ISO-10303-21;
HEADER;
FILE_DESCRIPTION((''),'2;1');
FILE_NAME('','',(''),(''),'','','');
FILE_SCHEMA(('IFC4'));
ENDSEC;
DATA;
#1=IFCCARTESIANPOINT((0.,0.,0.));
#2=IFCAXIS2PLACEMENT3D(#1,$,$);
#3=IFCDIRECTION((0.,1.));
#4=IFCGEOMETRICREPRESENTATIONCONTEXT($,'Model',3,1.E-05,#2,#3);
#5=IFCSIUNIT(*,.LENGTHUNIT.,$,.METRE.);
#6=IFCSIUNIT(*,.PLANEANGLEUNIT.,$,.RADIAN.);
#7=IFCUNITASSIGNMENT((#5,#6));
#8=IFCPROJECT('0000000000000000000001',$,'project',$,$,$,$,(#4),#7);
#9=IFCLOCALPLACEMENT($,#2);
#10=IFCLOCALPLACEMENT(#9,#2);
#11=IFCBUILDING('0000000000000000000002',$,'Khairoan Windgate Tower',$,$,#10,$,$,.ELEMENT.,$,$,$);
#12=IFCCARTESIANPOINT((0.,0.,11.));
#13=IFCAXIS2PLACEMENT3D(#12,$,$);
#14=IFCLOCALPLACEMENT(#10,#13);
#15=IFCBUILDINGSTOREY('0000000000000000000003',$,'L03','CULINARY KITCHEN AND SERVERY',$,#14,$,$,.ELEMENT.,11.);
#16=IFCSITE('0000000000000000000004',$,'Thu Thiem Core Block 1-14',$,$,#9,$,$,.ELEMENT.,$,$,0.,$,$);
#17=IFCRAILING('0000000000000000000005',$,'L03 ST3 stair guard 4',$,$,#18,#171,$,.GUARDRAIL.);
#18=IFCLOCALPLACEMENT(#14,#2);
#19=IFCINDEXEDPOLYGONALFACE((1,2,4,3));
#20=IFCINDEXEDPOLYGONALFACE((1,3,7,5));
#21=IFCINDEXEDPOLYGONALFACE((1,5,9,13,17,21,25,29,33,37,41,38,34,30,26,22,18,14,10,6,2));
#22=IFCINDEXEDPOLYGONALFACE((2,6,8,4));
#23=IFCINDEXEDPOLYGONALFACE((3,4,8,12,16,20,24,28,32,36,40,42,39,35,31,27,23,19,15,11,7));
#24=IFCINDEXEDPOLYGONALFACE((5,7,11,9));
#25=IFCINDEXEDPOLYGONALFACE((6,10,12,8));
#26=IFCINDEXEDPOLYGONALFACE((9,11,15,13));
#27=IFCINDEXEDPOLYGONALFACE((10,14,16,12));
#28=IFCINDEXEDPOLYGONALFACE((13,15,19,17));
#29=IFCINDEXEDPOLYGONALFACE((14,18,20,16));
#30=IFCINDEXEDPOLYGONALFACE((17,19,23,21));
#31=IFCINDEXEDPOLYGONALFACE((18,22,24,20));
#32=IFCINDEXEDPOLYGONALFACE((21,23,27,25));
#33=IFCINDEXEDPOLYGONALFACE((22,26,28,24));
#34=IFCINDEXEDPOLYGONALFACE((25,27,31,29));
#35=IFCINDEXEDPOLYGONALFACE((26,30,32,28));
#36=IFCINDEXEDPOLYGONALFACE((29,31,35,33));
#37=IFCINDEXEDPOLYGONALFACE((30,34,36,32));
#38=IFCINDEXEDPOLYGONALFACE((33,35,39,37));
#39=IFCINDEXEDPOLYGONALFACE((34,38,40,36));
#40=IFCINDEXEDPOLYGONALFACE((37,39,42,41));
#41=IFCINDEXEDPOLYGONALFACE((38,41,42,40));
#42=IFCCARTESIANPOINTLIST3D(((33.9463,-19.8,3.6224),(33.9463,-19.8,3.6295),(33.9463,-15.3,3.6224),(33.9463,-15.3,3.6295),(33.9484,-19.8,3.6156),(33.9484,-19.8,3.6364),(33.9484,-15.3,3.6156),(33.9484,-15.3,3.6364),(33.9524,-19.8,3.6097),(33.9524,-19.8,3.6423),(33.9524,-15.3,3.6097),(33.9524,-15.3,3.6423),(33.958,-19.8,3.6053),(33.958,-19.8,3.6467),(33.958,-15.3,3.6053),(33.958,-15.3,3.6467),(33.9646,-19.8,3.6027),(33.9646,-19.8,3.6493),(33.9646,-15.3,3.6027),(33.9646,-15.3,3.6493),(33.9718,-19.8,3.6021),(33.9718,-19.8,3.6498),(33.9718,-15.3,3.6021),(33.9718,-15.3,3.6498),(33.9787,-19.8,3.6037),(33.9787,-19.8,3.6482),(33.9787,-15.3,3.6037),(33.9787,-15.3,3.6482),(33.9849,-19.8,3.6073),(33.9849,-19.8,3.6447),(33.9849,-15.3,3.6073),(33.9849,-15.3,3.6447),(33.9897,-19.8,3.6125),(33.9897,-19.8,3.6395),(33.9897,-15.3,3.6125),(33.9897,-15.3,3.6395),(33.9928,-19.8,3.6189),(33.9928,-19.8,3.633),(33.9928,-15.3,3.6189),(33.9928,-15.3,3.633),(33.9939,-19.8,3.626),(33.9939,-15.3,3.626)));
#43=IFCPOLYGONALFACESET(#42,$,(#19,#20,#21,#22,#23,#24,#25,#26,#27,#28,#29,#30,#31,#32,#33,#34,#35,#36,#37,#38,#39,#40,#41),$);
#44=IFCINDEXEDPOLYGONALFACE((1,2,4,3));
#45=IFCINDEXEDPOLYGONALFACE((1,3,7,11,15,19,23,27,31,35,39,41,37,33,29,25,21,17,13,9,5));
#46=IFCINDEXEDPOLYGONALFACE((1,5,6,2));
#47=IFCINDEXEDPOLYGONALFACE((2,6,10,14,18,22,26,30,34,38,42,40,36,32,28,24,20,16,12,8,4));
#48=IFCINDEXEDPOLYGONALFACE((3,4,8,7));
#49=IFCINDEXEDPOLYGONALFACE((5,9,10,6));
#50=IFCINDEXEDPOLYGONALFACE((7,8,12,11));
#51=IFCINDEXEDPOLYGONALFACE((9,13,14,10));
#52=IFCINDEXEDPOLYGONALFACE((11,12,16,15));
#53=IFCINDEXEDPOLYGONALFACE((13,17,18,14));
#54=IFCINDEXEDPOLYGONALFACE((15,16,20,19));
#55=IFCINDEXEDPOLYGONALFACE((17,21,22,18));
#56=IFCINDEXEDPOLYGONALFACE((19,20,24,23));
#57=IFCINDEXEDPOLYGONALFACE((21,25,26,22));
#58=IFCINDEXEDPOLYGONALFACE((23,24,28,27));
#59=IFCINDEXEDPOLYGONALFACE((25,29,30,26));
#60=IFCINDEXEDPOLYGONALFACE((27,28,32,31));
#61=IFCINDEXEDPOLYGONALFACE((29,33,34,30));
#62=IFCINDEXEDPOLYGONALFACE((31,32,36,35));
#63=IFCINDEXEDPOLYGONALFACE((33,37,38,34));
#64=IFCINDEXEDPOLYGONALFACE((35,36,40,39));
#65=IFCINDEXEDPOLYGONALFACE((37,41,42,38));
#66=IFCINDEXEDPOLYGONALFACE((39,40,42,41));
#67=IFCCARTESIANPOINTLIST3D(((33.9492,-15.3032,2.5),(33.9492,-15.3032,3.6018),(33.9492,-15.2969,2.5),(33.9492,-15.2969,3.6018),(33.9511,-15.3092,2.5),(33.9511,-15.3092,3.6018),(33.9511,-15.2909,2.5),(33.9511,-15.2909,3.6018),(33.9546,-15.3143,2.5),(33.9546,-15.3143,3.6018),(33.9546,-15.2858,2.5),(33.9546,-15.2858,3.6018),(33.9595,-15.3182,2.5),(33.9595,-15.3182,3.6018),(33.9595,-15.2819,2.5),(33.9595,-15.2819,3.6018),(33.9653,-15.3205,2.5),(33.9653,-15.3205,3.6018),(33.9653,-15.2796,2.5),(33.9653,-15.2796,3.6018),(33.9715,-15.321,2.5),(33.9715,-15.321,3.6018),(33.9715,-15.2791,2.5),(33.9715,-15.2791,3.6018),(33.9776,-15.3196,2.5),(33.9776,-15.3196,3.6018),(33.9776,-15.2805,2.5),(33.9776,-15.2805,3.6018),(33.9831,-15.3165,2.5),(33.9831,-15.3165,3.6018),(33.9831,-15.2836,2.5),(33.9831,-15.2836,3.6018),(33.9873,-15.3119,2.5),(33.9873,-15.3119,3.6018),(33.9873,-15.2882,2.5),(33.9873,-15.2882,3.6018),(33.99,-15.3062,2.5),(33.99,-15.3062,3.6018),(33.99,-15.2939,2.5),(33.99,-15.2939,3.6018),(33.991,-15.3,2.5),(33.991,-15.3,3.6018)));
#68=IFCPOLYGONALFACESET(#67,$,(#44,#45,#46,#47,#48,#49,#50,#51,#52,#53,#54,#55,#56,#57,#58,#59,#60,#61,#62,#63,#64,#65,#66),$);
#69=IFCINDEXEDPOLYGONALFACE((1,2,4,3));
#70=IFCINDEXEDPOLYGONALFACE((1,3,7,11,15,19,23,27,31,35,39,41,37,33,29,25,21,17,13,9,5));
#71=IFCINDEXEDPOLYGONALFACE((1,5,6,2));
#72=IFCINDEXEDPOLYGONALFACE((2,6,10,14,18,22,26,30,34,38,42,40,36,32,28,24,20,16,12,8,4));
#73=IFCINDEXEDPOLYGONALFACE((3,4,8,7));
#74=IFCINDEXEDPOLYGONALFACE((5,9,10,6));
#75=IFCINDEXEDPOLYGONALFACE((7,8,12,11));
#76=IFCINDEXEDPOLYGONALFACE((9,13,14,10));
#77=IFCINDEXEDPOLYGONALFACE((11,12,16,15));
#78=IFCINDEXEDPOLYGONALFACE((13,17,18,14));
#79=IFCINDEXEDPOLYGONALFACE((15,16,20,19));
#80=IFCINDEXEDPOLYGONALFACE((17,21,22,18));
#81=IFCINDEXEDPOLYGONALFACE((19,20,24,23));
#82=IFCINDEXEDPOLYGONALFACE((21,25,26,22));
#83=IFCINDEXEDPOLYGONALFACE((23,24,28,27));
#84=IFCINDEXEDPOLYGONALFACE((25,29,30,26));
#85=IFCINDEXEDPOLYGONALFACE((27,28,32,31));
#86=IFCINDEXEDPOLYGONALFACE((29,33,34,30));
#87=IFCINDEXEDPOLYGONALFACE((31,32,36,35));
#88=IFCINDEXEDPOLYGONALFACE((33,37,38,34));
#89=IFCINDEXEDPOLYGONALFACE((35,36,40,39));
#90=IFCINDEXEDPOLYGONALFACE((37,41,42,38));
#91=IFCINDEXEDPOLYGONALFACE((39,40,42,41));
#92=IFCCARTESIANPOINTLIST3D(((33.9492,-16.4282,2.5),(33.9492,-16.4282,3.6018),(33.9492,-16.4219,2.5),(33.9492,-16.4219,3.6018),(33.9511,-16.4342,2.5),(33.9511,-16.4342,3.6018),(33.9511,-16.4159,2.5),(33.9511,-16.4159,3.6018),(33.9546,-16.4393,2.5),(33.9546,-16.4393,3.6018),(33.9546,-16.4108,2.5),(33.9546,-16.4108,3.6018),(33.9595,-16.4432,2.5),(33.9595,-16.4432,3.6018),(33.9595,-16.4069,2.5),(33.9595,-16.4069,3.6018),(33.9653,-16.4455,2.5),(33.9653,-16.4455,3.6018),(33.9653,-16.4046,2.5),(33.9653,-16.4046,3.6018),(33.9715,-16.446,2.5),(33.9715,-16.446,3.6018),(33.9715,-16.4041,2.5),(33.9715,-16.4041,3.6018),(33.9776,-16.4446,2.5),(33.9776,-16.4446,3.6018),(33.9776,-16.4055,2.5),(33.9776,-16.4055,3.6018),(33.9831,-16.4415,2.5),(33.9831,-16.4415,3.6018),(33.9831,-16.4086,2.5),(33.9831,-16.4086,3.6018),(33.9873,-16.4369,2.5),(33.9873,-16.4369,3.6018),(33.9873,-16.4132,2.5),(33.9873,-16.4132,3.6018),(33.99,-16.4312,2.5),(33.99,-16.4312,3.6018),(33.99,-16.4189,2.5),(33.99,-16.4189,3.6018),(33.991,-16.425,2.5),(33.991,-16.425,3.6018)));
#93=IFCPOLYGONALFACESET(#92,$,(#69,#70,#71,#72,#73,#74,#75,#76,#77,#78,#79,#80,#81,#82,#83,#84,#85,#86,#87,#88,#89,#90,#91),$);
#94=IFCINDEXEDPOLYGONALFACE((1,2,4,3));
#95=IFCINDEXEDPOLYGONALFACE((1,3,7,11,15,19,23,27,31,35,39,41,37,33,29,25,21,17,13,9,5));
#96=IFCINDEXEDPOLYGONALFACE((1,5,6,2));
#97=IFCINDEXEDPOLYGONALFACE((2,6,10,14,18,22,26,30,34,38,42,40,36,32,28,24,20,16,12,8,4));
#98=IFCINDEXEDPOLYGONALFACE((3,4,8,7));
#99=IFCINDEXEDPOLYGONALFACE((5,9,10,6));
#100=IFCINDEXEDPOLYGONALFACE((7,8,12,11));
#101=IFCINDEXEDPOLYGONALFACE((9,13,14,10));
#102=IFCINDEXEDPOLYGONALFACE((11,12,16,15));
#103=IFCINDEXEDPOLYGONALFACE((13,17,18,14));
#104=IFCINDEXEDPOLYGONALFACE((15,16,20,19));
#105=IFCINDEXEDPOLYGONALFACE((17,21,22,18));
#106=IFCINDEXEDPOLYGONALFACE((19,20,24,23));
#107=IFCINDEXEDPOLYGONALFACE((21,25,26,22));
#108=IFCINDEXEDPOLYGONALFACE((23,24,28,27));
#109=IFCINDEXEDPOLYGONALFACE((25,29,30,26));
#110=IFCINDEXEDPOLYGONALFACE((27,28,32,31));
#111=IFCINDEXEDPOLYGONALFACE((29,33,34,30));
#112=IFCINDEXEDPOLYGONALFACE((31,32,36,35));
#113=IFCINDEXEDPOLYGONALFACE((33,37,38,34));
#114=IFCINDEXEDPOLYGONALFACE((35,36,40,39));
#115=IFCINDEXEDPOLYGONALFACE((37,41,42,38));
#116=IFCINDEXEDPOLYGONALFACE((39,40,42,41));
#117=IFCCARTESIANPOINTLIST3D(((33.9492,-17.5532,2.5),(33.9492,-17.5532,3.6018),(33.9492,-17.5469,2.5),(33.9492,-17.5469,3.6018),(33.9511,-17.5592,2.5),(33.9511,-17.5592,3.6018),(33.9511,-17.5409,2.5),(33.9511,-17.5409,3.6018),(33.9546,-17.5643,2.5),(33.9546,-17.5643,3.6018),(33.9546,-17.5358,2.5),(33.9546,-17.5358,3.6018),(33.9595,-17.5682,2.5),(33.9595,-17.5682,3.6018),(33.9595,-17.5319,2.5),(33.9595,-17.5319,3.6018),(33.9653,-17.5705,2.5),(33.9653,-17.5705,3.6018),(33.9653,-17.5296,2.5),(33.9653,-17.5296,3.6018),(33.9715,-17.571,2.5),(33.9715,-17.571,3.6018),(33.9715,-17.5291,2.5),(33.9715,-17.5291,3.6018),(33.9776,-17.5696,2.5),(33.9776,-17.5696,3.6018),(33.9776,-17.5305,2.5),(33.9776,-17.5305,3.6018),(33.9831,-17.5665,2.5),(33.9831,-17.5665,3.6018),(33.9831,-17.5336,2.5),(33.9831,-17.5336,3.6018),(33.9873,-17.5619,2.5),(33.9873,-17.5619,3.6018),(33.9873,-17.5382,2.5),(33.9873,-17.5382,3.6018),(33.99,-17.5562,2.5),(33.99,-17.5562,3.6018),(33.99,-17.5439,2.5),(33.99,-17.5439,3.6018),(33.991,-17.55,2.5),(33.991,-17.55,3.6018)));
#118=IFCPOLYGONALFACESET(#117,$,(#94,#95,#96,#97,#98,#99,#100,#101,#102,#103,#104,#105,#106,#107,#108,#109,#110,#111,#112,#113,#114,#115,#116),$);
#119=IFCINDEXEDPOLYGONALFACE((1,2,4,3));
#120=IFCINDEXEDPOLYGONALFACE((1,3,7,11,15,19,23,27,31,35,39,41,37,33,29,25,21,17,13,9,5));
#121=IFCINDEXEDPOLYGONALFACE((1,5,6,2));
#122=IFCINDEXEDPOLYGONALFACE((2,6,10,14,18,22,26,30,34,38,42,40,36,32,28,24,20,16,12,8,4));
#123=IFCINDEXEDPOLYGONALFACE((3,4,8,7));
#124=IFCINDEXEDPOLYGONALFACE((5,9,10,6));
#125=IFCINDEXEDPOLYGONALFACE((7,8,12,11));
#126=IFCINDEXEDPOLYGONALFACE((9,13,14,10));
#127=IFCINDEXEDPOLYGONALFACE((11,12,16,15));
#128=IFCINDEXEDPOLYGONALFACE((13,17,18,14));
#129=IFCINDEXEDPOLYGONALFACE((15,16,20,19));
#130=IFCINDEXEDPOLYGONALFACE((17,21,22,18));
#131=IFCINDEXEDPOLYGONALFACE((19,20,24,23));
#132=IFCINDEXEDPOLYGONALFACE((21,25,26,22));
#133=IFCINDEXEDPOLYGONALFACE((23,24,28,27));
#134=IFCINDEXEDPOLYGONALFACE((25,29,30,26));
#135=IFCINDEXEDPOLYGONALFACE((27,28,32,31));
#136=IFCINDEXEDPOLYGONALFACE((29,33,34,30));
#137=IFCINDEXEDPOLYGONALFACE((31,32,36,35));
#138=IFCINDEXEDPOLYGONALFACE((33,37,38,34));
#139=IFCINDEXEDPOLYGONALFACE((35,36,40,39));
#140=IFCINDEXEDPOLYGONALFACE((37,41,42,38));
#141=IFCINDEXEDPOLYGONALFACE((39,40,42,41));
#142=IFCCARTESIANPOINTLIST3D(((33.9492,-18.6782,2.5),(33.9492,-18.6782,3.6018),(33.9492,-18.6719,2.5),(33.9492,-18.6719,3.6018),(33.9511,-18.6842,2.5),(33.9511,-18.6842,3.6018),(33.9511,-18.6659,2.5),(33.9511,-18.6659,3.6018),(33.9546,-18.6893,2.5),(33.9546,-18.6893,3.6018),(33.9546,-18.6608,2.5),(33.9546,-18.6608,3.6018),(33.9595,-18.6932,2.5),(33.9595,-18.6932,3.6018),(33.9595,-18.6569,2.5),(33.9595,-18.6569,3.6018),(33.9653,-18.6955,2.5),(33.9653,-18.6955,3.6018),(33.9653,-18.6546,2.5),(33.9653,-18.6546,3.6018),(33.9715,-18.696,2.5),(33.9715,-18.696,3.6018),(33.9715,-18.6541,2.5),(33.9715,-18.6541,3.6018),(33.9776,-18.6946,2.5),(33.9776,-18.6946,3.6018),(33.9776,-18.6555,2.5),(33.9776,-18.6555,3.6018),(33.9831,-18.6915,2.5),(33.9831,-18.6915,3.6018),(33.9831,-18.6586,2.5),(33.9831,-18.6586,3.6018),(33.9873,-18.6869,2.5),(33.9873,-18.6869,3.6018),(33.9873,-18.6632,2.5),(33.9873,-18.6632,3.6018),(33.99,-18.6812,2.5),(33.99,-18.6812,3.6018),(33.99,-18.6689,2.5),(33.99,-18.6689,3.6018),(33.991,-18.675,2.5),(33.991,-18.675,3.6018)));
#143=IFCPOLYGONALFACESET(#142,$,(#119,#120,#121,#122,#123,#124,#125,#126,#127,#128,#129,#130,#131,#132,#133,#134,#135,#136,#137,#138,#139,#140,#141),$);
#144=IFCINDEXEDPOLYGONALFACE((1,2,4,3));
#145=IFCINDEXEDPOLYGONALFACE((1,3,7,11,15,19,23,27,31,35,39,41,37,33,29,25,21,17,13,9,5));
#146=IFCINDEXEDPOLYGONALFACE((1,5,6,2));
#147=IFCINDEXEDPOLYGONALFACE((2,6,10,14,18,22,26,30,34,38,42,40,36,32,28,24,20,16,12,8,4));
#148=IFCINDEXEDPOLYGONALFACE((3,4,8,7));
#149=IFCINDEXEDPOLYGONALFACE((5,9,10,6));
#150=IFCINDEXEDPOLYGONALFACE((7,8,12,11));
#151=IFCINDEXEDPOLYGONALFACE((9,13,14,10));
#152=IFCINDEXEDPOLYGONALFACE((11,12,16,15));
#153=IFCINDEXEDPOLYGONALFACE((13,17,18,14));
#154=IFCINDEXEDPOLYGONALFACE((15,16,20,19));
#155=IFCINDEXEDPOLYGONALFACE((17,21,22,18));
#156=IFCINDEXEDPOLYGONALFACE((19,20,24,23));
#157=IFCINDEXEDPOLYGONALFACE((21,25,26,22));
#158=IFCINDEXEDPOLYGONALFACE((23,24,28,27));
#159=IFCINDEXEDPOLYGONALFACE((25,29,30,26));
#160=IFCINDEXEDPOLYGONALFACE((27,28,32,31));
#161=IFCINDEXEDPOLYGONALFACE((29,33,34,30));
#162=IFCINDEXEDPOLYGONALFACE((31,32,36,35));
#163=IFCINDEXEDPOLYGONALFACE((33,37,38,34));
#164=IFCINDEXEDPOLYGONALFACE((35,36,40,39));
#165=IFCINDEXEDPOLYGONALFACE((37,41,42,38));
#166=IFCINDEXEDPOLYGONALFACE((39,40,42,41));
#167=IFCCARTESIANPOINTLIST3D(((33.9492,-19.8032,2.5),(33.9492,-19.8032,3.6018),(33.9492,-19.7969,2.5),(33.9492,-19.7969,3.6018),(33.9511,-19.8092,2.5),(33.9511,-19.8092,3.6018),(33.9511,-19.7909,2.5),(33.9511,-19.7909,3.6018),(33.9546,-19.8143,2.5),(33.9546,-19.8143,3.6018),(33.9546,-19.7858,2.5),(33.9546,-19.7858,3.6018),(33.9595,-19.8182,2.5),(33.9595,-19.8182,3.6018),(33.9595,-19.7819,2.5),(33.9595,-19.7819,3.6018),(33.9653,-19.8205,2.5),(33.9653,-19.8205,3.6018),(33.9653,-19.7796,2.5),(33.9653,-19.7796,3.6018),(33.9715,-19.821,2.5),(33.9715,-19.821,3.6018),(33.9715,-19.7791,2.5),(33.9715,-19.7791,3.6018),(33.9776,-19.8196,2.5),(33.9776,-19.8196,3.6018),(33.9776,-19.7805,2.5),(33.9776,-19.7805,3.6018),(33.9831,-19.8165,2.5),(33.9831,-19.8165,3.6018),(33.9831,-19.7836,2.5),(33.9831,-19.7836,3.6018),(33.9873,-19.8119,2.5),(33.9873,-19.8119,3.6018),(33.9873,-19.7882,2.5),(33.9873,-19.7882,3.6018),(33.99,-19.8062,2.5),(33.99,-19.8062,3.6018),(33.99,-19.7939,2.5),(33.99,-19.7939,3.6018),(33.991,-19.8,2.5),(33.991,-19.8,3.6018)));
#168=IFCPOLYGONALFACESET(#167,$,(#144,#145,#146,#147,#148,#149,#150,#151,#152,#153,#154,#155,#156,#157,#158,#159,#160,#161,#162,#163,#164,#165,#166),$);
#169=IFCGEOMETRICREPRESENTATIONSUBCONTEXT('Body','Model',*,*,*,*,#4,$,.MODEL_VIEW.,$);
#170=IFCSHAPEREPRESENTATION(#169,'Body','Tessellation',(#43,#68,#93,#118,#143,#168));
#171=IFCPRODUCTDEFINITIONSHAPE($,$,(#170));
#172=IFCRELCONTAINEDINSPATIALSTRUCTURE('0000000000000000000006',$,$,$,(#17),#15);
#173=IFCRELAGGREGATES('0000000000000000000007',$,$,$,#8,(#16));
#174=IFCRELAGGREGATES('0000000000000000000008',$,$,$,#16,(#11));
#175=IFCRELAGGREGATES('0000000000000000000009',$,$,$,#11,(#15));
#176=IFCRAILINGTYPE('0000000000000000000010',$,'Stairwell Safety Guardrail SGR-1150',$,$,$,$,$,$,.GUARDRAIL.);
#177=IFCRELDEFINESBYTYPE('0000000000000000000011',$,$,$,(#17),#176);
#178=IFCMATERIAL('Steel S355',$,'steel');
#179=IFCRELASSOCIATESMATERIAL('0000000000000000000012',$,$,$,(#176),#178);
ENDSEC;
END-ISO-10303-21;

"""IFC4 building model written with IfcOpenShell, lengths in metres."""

from ifc_helpers import new_model, si_unit, direction, frame, origin, origin_2d, place, context, subcontext, project, spatial, circle, extrude, material, type_object, element, save


model = new_model("IFC4")

# Units and contexts
model_context = context("Model", 3, precision=1e-05, world=origin(), true_north=direction((0.0, 1.0)))
body_context = subcontext(model_context, "Body", "Model", "MODEL_VIEW")
ifc_project = project(units=[si_unit("LENGTHUNIT", "METRE"), si_unit("PLANEANGLEUNIT", "RADIAN")], contexts=[model_context])

# Site, building, storey
site_placement = place(None, origin())
site = spatial("IfcSite", under=ifc_project, at=site_placement, Name="Thu Thiem Core Block 1-14", CompositionType="ELEMENT", RefElevation=0.0)
building_placement = place(site_placement, origin())
building = spatial("IfcBuilding", under=site, at=building_placement, Name="Khairoan Windgate Tower", CompositionType="ELEMENT")
storey_placement = place(building_placement, frame((0.0, 0.0, 11.0)))
storey = spatial("IfcBuildingStorey", under=building, at=storey_placement, Name="L03", Description="CULINARY KITCHEN AND SERVERY", CompositionType="ELEMENT", Elevation=11.0)

# Railing
ifc_material_1 = material(Name="Steel S355", Category="steel")
railing_type_1 = type_object("IfcRailingType", Name="Stairwell Safety Guardrail SGR-1150", PredefinedType="GUARDRAIL", material=ifc_material_1)
for number, where, name in (
    (1, (33.97, -15.3, 2.5), "L03 ST3 stair guard 4"),
):
    element("IfcRailing", number, at=place(storey_placement, frame(where)), inside=storey, type_object=railing_type_1, Name=name, PredefinedType="GUARDRAIL", context=body_context, shape_type="SweptSolid", body=[
        extrude(circle(Radius=0.0239, at=origin_2d()), frame((0.0, 0.0, 1.126), z_axis=(0.0, -1.0, 0.0), x_axis=(1.0, 0.0, 0.0)), (0.0, 0.0, 1.0), 4.5),
        extrude(circle(Radius=0.021, at=origin_2d()), origin(), (0.0, 0.0, 1.0), 1.1018),
        extrude(circle(Radius=0.021, at=origin_2d()), frame((0.0, -1.125, 0.0)), (0.0, 0.0, 1.0), 1.1018),
        extrude(circle(Radius=0.021, at=origin_2d()), frame((0.0, -2.25, 0.0)), (0.0, 0.0, 1.0), 1.1018),
        extrude(circle(Radius=0.021, at=origin_2d()), frame((0.0, -3.375, 0.0)), (0.0, 0.0, 1.0), 1.1018),
        extrude(circle(Radius=0.021, at=origin_2d()), frame((0.0, -4.5, 0.0)), (0.0, 0.0, 1.0), 1.1018),
    ])

save(model, "model.ifc")
